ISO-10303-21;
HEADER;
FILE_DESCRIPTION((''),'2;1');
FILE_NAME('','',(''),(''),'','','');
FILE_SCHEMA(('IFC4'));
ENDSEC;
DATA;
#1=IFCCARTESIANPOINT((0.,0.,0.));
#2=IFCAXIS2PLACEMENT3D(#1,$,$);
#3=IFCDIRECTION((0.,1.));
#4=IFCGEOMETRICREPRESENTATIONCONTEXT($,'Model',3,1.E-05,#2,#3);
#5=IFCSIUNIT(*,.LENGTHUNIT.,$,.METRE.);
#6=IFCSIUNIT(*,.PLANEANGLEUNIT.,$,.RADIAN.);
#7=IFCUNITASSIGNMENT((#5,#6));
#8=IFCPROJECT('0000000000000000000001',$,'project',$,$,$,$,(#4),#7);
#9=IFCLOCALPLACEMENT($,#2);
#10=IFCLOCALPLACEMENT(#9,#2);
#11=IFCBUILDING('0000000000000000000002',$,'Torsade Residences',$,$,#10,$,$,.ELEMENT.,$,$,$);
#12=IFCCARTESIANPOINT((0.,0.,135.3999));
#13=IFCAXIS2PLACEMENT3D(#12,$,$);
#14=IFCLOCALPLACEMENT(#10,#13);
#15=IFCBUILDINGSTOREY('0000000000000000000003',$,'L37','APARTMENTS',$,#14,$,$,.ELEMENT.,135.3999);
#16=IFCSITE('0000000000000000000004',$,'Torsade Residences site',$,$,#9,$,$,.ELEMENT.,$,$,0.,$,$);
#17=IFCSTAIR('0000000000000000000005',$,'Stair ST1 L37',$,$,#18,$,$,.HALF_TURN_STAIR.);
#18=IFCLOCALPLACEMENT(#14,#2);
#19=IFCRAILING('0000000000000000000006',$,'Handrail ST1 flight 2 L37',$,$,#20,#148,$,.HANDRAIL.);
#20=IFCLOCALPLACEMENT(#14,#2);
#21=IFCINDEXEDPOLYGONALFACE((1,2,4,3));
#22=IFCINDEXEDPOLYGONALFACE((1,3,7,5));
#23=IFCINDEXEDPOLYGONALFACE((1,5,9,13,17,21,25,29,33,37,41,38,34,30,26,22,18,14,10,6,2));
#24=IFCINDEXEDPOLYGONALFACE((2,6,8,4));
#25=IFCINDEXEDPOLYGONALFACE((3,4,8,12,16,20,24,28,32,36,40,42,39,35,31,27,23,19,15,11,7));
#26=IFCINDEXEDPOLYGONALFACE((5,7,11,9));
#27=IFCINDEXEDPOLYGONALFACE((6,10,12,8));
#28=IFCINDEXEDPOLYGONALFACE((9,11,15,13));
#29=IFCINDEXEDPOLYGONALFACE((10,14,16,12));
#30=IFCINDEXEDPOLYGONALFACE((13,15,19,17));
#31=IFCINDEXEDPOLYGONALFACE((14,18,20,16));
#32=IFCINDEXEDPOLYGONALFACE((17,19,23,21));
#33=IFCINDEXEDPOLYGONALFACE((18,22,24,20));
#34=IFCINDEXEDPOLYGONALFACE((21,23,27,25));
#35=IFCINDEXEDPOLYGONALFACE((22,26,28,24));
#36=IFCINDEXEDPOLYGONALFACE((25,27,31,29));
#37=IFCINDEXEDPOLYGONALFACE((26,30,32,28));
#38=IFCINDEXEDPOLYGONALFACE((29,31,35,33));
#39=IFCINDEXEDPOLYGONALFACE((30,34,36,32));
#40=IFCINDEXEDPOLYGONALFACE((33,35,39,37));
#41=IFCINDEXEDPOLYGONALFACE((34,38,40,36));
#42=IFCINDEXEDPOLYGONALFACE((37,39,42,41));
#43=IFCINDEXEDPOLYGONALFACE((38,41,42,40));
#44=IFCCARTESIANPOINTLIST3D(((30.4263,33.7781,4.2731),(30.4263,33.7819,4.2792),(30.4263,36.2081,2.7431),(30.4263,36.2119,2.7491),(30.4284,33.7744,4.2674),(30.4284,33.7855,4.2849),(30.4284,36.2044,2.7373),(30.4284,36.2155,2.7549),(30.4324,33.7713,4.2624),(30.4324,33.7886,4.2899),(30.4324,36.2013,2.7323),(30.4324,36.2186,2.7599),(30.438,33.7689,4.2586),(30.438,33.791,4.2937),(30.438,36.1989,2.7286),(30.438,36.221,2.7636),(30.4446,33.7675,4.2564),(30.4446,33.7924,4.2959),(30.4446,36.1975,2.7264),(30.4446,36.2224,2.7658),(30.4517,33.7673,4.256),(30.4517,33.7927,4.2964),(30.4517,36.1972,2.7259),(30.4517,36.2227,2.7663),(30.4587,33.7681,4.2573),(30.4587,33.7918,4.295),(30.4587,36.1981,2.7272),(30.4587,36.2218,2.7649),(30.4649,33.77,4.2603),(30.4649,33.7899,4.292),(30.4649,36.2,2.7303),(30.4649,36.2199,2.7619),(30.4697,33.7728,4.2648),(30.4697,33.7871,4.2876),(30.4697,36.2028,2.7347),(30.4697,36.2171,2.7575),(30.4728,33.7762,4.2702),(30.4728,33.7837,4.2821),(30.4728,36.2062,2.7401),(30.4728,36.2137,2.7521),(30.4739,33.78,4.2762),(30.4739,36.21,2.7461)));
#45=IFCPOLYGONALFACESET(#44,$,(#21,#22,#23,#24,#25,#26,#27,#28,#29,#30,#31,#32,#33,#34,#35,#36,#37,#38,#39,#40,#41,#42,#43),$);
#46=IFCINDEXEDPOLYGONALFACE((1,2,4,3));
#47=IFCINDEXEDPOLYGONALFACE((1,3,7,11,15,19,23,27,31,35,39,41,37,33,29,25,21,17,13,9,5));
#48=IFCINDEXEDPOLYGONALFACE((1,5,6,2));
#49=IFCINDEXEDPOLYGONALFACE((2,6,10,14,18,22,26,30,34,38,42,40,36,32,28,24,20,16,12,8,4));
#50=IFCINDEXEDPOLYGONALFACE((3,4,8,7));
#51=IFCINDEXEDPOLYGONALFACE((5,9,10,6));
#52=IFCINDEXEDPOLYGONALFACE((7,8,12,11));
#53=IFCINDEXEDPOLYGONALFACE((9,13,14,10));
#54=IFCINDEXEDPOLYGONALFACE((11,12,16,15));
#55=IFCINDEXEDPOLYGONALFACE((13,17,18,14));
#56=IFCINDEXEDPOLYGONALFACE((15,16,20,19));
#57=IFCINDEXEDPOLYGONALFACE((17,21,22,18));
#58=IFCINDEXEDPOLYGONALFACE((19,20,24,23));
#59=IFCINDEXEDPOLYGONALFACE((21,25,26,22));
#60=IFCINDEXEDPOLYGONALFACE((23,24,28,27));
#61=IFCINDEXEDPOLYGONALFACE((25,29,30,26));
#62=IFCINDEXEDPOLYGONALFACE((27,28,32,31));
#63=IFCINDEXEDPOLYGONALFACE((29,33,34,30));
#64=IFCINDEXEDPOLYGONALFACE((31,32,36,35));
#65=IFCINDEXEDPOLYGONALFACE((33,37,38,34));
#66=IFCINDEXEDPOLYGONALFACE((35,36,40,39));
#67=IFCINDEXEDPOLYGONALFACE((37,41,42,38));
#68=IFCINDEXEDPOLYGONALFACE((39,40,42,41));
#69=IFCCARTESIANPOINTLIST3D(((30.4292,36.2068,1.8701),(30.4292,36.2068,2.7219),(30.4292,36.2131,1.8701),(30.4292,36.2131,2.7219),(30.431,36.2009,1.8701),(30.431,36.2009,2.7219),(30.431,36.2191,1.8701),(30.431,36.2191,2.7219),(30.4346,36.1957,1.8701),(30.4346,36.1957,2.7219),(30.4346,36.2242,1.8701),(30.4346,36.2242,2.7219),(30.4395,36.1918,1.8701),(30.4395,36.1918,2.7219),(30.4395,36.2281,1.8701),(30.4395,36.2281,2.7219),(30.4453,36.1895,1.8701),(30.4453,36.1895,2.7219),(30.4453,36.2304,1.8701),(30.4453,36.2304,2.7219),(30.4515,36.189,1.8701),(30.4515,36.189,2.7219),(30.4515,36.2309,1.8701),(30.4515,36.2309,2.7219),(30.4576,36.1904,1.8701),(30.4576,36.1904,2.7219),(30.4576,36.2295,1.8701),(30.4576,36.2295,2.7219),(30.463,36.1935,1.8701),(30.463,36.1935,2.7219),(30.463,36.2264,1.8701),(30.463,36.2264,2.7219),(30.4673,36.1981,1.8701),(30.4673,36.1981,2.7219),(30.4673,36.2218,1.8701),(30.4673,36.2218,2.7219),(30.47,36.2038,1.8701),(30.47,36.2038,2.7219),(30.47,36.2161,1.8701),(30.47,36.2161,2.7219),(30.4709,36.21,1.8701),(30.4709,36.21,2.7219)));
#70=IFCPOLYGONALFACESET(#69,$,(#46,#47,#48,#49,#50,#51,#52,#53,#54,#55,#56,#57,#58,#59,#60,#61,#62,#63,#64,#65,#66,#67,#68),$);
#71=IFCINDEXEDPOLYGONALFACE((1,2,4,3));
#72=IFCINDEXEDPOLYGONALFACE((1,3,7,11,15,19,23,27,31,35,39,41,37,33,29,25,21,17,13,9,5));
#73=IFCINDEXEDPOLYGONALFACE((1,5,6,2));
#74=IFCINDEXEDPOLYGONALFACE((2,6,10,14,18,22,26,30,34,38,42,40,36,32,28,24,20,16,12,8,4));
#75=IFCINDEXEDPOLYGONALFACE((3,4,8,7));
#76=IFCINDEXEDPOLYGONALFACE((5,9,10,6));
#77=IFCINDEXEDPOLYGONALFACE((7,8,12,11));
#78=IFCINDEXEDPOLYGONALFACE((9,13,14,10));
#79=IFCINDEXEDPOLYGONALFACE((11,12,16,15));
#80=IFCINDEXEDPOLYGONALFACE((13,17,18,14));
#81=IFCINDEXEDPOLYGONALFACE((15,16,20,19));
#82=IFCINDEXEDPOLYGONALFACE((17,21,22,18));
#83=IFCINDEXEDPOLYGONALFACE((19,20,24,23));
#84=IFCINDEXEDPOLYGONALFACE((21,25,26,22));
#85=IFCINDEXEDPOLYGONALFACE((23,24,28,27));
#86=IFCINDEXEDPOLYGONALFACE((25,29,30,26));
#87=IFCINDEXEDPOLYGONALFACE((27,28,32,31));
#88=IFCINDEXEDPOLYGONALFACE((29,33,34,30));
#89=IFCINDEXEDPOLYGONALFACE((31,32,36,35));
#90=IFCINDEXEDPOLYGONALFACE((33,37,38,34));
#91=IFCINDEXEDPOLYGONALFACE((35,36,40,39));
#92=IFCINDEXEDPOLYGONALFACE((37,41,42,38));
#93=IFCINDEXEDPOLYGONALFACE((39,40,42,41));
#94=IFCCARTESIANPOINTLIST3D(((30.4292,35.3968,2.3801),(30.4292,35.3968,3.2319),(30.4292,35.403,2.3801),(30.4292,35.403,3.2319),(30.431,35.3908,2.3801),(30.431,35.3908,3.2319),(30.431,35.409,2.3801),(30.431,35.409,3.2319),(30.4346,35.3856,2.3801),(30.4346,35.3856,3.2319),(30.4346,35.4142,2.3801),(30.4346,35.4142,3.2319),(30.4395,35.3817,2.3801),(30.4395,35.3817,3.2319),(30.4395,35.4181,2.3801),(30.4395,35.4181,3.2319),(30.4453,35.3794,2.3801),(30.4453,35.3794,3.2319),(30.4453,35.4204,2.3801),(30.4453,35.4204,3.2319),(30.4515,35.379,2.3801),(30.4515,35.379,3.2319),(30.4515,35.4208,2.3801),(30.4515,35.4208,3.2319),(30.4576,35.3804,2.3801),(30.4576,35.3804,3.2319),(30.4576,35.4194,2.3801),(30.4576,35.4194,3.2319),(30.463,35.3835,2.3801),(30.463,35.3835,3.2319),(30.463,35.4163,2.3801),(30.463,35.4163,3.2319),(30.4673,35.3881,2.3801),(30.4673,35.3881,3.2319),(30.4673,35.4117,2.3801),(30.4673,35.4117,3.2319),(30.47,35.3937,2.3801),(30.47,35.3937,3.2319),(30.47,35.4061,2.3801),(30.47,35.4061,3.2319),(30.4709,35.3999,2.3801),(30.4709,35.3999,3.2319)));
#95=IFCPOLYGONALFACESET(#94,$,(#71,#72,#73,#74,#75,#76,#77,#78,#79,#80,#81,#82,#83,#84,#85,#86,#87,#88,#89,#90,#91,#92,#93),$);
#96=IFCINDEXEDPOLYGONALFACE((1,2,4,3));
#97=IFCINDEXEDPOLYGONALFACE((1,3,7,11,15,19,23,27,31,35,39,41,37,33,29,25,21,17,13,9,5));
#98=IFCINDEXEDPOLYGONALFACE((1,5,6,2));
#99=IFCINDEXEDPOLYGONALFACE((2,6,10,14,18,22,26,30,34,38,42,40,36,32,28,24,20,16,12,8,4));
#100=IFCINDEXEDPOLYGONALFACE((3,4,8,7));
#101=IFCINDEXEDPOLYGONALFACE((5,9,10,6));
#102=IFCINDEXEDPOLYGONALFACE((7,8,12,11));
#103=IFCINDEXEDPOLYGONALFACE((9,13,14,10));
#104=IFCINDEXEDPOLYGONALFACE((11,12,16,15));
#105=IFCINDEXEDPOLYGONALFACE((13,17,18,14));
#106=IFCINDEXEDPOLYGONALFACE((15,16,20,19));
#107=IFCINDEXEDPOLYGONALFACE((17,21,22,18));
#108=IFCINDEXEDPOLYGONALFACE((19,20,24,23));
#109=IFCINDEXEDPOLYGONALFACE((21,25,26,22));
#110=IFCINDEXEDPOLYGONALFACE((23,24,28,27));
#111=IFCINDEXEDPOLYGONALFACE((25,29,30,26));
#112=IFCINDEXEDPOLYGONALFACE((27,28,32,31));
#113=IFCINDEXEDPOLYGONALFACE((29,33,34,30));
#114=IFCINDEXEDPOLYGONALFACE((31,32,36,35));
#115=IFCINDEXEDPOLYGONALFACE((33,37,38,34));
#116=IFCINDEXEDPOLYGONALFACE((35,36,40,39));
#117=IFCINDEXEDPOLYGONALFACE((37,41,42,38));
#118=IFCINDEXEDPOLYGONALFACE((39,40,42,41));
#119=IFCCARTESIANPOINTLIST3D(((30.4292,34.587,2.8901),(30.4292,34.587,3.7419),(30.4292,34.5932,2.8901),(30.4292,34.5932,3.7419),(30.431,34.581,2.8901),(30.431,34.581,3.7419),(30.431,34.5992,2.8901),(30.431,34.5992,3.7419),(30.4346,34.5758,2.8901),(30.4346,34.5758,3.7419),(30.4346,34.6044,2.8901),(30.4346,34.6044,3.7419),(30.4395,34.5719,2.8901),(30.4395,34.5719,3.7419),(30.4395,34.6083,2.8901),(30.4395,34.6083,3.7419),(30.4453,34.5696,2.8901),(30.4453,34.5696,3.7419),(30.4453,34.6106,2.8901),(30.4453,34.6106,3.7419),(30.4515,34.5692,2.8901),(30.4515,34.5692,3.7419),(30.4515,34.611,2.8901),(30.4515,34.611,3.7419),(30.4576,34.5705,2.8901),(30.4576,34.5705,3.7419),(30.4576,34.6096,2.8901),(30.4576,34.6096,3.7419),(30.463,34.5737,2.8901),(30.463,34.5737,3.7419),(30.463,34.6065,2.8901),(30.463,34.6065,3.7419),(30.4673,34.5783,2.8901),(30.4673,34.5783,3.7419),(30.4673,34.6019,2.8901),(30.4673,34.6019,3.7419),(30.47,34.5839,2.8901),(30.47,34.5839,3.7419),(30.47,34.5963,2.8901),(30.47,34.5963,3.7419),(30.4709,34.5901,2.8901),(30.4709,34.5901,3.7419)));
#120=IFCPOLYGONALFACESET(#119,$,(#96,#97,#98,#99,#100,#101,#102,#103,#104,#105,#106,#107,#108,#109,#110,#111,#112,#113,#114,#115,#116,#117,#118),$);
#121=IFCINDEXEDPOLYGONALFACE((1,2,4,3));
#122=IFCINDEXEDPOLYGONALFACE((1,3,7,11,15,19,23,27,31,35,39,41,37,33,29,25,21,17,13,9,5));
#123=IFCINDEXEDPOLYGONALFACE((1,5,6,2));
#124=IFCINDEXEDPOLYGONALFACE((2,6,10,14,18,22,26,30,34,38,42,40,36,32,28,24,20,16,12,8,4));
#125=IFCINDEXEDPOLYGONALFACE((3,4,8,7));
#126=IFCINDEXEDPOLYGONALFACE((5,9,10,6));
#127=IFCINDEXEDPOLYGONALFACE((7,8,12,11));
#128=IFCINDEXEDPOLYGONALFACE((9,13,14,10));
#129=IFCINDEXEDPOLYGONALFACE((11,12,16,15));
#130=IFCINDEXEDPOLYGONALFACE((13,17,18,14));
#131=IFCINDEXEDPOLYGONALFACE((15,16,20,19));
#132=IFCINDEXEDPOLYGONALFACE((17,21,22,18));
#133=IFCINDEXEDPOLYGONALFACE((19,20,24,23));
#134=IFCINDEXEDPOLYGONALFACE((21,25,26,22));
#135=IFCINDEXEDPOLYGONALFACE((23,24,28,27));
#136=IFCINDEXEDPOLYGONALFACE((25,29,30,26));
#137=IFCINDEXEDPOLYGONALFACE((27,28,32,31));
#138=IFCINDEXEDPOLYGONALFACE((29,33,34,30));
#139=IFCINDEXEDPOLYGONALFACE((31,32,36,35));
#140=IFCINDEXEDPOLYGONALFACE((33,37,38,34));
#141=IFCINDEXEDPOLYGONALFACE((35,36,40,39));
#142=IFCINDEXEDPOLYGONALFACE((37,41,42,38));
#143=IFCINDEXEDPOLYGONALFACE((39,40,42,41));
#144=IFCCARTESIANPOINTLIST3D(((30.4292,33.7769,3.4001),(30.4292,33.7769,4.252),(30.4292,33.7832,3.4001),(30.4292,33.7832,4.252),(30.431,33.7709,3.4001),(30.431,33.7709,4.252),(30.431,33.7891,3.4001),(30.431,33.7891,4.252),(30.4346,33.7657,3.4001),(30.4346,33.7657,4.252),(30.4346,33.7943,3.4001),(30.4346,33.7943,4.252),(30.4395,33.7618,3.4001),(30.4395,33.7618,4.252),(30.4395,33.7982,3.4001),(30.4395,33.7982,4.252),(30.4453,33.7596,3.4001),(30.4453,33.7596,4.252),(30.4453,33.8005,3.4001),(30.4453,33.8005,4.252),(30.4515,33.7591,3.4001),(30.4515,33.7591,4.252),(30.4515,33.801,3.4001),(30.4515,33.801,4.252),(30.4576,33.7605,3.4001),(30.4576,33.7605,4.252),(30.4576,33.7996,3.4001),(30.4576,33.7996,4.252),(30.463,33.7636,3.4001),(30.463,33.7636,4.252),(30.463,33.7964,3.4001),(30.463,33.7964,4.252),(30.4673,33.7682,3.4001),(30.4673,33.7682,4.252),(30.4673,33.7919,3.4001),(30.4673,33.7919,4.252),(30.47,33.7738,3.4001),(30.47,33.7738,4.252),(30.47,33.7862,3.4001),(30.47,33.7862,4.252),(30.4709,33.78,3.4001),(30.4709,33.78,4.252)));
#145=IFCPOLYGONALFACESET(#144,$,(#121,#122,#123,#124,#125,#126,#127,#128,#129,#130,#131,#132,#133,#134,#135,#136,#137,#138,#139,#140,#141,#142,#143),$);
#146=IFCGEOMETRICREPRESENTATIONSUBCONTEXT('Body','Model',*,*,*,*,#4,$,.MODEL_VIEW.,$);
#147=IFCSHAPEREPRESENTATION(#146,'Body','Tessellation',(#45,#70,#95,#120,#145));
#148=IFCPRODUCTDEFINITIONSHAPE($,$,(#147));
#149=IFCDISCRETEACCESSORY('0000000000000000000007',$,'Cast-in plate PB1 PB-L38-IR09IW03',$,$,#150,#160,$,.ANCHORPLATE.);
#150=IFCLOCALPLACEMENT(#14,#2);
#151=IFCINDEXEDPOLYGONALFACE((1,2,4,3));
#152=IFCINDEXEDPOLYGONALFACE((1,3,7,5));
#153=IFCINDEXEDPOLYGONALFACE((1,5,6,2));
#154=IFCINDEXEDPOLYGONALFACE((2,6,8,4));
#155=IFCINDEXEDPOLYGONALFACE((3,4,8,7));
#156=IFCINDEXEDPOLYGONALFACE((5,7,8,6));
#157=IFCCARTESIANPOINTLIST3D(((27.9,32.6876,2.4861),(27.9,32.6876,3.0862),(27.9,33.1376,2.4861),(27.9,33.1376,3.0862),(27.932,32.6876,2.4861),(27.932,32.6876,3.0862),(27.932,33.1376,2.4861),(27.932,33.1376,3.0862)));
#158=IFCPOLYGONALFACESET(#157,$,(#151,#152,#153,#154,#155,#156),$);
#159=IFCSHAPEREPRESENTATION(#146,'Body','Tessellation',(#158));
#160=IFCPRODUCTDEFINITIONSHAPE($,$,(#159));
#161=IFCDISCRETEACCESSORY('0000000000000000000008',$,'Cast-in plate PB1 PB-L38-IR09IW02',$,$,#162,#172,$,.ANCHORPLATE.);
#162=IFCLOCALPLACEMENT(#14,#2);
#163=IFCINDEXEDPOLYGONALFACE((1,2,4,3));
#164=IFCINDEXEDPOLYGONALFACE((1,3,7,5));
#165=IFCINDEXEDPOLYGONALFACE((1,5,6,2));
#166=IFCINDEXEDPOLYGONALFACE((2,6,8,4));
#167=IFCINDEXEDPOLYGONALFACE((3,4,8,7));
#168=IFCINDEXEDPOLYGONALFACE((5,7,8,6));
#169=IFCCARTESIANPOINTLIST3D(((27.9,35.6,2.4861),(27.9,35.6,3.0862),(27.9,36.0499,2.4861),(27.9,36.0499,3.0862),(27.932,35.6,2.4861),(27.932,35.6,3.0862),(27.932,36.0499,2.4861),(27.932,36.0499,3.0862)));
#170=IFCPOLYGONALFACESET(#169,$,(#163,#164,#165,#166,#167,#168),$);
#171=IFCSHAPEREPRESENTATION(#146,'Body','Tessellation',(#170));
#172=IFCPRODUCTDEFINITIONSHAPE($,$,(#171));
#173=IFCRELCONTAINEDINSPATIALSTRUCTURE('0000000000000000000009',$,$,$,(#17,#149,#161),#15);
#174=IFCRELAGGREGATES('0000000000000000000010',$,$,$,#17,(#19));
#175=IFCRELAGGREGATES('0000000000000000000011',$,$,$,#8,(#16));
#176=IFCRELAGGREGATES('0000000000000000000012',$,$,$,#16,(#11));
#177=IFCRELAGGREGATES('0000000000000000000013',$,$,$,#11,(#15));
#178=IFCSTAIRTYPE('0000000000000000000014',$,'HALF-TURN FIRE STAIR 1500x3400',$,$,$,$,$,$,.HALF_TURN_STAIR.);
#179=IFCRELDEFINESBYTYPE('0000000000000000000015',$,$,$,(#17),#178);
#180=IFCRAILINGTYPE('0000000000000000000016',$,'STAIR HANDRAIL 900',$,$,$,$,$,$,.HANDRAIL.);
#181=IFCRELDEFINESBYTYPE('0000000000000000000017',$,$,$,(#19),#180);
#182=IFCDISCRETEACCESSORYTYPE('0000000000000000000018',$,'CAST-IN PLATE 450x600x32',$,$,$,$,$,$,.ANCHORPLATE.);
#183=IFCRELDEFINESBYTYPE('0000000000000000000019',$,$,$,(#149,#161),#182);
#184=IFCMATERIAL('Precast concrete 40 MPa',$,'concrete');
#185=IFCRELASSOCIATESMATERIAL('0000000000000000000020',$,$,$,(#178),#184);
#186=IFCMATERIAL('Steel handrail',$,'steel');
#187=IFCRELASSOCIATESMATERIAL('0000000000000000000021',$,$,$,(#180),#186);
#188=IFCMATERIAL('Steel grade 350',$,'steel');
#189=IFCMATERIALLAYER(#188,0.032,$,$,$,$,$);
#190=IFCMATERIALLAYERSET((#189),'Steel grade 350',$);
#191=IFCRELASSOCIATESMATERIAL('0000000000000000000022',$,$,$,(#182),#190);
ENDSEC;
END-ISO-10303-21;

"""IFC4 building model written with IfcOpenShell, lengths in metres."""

from ifc_helpers import new_model, si_unit, direction, frame, origin, origin_2d, place, context, subcontext, project, spatial, rectangle, circle, extrude, material, layer, layer_set, type_object, element, aggregate, save


model = new_model("IFC4")

# Units and contexts
model_context = context("Model", 3, precision=1e-05, world=origin(), true_north=direction((0.0, 1.0)))
body_context = subcontext(model_context, "Body", "Model", "MODEL_VIEW")
ifc_project = project(units=[si_unit("LENGTHUNIT", "METRE"), si_unit("PLANEANGLEUNIT", "RADIAN")], contexts=[model_context])

# Site, building, storey
site_placement = place(None, origin())
site = spatial("IfcSite", under=ifc_project, at=site_placement, Name="Torsade Residences site", CompositionType="ELEMENT", RefElevation=0.0)
building_placement = place(site_placement, origin())
building = spatial("IfcBuilding", under=site, at=building_placement, Name="Torsade Residences", CompositionType="ELEMENT")
storey_placement = place(building_placement, frame((0.0, 0.0, 135.3999)))
storey = spatial("IfcBuildingStorey", under=building, at=storey_placement, Name="L37", Description="APARTMENTS", CompositionType="ELEMENT", Elevation=135.3999)

# Stair, railing
ifc_material_1 = material(Name="Precast concrete 40 MPa", Category="concrete")
stair_type = type_object("IfcStairType", Name="HALF-TURN FIRE STAIR 1500x3400", PredefinedType="HALF_TURN_STAIR", material=ifc_material_1)
stair_placement = place(storey_placement, origin())
stair = element("IfcStair", 1, at=stair_placement, inside=storey, type_object=stair_type, Name="Stair ST1 L37", PredefinedType="HALF_TURN_STAIR")
ifc_material_2 = material(Name="Steel handrail", Category="steel")
railing_type = type_object("IfcRailingType", Name="STAIR HANDRAIL 900", PredefinedType="HANDRAIL", material=ifc_material_2)
railing_1_placement = place(storey_placement, frame((30.45, 36.21, 1.8701)))
railing_1 = element("IfcRailing", 2, at=railing_1_placement, type_object=railing_type, Name="Handrail ST1 flight 2 L37", PredefinedType="HANDRAIL", context=body_context, shape_type="SweptSolid", body=[
    extrude(circle(Radius=0.0239, at=origin_2d()), frame((0.0, 0.0, 0.876), z_axis=(0.0, -0.846221, 0.532831), x_axis=(1.0, 0.0, 0.0)), (0.0, 0.0, 1.0), 2.8716),
    extrude(circle(Radius=0.021, at=origin_2d()), origin(), (0.0, 0.0, 1.0), 0.8518),
    extrude(circle(Radius=0.021, at=origin_2d()), frame((0.0, -0.8101, 0.51)), (0.0, 0.0, 1.0), 0.8518),
    extrude(circle(Radius=0.021, at=origin_2d()), frame((0.0, -1.6199, 1.02)), (0.0, 0.0, 1.0), 0.8518),
    extrude(circle(Radius=0.021, at=origin_2d()), frame((0.0, -2.4299, 1.53)), (0.0, 0.0, 1.0), 0.8518),
])
aggregate(stair, [railing_1])

# Discrete accessories
ifc_material_3 = material(Name="Steel grade 350", Category="steel")
ifc_layer_1 = layer(ifc_material_3, 0.032)
ifc_layer_set_1 = layer_set([ifc_layer_1], Name="Steel grade 350")
discrete_accessory_type = type_object("IfcDiscreteAccessoryType", Name="CAST-IN PLATE 450x600x32", PredefinedType="ANCHORPLATE", material=ifc_layer_set_1)
for number, where, z_axis, x_axis, name in (
    (3, (27.916, 32.9126, 2.4861), (0.0, 0.0, 1.0), (1.0, 0.0, 0.0), "Cast-in plate PB1 PB-L38-IR09IW03"),
    (4, (27.916, 35.825, 2.4861), (0.0, 0.0, 1.0), (1.0, 0.0, 0.0), "Cast-in plate PB1 PB-L38-IR09IW02"),
):
    element("IfcDiscreteAccessory", number, at=place(storey_placement, frame(where, z_axis=z_axis, x_axis=x_axis)), inside=storey, type_object=discrete_accessory_type, Name=name, PredefinedType="ANCHORPLATE", context=body_context, shape_type="SweptSolid", body=[
        extrude(rectangle(XDim=0.032, YDim=0.45, at=origin_2d()), origin(), (0.0, 0.0, 1.0), 0.6001),
    ])

save(model, "model.ifc")
